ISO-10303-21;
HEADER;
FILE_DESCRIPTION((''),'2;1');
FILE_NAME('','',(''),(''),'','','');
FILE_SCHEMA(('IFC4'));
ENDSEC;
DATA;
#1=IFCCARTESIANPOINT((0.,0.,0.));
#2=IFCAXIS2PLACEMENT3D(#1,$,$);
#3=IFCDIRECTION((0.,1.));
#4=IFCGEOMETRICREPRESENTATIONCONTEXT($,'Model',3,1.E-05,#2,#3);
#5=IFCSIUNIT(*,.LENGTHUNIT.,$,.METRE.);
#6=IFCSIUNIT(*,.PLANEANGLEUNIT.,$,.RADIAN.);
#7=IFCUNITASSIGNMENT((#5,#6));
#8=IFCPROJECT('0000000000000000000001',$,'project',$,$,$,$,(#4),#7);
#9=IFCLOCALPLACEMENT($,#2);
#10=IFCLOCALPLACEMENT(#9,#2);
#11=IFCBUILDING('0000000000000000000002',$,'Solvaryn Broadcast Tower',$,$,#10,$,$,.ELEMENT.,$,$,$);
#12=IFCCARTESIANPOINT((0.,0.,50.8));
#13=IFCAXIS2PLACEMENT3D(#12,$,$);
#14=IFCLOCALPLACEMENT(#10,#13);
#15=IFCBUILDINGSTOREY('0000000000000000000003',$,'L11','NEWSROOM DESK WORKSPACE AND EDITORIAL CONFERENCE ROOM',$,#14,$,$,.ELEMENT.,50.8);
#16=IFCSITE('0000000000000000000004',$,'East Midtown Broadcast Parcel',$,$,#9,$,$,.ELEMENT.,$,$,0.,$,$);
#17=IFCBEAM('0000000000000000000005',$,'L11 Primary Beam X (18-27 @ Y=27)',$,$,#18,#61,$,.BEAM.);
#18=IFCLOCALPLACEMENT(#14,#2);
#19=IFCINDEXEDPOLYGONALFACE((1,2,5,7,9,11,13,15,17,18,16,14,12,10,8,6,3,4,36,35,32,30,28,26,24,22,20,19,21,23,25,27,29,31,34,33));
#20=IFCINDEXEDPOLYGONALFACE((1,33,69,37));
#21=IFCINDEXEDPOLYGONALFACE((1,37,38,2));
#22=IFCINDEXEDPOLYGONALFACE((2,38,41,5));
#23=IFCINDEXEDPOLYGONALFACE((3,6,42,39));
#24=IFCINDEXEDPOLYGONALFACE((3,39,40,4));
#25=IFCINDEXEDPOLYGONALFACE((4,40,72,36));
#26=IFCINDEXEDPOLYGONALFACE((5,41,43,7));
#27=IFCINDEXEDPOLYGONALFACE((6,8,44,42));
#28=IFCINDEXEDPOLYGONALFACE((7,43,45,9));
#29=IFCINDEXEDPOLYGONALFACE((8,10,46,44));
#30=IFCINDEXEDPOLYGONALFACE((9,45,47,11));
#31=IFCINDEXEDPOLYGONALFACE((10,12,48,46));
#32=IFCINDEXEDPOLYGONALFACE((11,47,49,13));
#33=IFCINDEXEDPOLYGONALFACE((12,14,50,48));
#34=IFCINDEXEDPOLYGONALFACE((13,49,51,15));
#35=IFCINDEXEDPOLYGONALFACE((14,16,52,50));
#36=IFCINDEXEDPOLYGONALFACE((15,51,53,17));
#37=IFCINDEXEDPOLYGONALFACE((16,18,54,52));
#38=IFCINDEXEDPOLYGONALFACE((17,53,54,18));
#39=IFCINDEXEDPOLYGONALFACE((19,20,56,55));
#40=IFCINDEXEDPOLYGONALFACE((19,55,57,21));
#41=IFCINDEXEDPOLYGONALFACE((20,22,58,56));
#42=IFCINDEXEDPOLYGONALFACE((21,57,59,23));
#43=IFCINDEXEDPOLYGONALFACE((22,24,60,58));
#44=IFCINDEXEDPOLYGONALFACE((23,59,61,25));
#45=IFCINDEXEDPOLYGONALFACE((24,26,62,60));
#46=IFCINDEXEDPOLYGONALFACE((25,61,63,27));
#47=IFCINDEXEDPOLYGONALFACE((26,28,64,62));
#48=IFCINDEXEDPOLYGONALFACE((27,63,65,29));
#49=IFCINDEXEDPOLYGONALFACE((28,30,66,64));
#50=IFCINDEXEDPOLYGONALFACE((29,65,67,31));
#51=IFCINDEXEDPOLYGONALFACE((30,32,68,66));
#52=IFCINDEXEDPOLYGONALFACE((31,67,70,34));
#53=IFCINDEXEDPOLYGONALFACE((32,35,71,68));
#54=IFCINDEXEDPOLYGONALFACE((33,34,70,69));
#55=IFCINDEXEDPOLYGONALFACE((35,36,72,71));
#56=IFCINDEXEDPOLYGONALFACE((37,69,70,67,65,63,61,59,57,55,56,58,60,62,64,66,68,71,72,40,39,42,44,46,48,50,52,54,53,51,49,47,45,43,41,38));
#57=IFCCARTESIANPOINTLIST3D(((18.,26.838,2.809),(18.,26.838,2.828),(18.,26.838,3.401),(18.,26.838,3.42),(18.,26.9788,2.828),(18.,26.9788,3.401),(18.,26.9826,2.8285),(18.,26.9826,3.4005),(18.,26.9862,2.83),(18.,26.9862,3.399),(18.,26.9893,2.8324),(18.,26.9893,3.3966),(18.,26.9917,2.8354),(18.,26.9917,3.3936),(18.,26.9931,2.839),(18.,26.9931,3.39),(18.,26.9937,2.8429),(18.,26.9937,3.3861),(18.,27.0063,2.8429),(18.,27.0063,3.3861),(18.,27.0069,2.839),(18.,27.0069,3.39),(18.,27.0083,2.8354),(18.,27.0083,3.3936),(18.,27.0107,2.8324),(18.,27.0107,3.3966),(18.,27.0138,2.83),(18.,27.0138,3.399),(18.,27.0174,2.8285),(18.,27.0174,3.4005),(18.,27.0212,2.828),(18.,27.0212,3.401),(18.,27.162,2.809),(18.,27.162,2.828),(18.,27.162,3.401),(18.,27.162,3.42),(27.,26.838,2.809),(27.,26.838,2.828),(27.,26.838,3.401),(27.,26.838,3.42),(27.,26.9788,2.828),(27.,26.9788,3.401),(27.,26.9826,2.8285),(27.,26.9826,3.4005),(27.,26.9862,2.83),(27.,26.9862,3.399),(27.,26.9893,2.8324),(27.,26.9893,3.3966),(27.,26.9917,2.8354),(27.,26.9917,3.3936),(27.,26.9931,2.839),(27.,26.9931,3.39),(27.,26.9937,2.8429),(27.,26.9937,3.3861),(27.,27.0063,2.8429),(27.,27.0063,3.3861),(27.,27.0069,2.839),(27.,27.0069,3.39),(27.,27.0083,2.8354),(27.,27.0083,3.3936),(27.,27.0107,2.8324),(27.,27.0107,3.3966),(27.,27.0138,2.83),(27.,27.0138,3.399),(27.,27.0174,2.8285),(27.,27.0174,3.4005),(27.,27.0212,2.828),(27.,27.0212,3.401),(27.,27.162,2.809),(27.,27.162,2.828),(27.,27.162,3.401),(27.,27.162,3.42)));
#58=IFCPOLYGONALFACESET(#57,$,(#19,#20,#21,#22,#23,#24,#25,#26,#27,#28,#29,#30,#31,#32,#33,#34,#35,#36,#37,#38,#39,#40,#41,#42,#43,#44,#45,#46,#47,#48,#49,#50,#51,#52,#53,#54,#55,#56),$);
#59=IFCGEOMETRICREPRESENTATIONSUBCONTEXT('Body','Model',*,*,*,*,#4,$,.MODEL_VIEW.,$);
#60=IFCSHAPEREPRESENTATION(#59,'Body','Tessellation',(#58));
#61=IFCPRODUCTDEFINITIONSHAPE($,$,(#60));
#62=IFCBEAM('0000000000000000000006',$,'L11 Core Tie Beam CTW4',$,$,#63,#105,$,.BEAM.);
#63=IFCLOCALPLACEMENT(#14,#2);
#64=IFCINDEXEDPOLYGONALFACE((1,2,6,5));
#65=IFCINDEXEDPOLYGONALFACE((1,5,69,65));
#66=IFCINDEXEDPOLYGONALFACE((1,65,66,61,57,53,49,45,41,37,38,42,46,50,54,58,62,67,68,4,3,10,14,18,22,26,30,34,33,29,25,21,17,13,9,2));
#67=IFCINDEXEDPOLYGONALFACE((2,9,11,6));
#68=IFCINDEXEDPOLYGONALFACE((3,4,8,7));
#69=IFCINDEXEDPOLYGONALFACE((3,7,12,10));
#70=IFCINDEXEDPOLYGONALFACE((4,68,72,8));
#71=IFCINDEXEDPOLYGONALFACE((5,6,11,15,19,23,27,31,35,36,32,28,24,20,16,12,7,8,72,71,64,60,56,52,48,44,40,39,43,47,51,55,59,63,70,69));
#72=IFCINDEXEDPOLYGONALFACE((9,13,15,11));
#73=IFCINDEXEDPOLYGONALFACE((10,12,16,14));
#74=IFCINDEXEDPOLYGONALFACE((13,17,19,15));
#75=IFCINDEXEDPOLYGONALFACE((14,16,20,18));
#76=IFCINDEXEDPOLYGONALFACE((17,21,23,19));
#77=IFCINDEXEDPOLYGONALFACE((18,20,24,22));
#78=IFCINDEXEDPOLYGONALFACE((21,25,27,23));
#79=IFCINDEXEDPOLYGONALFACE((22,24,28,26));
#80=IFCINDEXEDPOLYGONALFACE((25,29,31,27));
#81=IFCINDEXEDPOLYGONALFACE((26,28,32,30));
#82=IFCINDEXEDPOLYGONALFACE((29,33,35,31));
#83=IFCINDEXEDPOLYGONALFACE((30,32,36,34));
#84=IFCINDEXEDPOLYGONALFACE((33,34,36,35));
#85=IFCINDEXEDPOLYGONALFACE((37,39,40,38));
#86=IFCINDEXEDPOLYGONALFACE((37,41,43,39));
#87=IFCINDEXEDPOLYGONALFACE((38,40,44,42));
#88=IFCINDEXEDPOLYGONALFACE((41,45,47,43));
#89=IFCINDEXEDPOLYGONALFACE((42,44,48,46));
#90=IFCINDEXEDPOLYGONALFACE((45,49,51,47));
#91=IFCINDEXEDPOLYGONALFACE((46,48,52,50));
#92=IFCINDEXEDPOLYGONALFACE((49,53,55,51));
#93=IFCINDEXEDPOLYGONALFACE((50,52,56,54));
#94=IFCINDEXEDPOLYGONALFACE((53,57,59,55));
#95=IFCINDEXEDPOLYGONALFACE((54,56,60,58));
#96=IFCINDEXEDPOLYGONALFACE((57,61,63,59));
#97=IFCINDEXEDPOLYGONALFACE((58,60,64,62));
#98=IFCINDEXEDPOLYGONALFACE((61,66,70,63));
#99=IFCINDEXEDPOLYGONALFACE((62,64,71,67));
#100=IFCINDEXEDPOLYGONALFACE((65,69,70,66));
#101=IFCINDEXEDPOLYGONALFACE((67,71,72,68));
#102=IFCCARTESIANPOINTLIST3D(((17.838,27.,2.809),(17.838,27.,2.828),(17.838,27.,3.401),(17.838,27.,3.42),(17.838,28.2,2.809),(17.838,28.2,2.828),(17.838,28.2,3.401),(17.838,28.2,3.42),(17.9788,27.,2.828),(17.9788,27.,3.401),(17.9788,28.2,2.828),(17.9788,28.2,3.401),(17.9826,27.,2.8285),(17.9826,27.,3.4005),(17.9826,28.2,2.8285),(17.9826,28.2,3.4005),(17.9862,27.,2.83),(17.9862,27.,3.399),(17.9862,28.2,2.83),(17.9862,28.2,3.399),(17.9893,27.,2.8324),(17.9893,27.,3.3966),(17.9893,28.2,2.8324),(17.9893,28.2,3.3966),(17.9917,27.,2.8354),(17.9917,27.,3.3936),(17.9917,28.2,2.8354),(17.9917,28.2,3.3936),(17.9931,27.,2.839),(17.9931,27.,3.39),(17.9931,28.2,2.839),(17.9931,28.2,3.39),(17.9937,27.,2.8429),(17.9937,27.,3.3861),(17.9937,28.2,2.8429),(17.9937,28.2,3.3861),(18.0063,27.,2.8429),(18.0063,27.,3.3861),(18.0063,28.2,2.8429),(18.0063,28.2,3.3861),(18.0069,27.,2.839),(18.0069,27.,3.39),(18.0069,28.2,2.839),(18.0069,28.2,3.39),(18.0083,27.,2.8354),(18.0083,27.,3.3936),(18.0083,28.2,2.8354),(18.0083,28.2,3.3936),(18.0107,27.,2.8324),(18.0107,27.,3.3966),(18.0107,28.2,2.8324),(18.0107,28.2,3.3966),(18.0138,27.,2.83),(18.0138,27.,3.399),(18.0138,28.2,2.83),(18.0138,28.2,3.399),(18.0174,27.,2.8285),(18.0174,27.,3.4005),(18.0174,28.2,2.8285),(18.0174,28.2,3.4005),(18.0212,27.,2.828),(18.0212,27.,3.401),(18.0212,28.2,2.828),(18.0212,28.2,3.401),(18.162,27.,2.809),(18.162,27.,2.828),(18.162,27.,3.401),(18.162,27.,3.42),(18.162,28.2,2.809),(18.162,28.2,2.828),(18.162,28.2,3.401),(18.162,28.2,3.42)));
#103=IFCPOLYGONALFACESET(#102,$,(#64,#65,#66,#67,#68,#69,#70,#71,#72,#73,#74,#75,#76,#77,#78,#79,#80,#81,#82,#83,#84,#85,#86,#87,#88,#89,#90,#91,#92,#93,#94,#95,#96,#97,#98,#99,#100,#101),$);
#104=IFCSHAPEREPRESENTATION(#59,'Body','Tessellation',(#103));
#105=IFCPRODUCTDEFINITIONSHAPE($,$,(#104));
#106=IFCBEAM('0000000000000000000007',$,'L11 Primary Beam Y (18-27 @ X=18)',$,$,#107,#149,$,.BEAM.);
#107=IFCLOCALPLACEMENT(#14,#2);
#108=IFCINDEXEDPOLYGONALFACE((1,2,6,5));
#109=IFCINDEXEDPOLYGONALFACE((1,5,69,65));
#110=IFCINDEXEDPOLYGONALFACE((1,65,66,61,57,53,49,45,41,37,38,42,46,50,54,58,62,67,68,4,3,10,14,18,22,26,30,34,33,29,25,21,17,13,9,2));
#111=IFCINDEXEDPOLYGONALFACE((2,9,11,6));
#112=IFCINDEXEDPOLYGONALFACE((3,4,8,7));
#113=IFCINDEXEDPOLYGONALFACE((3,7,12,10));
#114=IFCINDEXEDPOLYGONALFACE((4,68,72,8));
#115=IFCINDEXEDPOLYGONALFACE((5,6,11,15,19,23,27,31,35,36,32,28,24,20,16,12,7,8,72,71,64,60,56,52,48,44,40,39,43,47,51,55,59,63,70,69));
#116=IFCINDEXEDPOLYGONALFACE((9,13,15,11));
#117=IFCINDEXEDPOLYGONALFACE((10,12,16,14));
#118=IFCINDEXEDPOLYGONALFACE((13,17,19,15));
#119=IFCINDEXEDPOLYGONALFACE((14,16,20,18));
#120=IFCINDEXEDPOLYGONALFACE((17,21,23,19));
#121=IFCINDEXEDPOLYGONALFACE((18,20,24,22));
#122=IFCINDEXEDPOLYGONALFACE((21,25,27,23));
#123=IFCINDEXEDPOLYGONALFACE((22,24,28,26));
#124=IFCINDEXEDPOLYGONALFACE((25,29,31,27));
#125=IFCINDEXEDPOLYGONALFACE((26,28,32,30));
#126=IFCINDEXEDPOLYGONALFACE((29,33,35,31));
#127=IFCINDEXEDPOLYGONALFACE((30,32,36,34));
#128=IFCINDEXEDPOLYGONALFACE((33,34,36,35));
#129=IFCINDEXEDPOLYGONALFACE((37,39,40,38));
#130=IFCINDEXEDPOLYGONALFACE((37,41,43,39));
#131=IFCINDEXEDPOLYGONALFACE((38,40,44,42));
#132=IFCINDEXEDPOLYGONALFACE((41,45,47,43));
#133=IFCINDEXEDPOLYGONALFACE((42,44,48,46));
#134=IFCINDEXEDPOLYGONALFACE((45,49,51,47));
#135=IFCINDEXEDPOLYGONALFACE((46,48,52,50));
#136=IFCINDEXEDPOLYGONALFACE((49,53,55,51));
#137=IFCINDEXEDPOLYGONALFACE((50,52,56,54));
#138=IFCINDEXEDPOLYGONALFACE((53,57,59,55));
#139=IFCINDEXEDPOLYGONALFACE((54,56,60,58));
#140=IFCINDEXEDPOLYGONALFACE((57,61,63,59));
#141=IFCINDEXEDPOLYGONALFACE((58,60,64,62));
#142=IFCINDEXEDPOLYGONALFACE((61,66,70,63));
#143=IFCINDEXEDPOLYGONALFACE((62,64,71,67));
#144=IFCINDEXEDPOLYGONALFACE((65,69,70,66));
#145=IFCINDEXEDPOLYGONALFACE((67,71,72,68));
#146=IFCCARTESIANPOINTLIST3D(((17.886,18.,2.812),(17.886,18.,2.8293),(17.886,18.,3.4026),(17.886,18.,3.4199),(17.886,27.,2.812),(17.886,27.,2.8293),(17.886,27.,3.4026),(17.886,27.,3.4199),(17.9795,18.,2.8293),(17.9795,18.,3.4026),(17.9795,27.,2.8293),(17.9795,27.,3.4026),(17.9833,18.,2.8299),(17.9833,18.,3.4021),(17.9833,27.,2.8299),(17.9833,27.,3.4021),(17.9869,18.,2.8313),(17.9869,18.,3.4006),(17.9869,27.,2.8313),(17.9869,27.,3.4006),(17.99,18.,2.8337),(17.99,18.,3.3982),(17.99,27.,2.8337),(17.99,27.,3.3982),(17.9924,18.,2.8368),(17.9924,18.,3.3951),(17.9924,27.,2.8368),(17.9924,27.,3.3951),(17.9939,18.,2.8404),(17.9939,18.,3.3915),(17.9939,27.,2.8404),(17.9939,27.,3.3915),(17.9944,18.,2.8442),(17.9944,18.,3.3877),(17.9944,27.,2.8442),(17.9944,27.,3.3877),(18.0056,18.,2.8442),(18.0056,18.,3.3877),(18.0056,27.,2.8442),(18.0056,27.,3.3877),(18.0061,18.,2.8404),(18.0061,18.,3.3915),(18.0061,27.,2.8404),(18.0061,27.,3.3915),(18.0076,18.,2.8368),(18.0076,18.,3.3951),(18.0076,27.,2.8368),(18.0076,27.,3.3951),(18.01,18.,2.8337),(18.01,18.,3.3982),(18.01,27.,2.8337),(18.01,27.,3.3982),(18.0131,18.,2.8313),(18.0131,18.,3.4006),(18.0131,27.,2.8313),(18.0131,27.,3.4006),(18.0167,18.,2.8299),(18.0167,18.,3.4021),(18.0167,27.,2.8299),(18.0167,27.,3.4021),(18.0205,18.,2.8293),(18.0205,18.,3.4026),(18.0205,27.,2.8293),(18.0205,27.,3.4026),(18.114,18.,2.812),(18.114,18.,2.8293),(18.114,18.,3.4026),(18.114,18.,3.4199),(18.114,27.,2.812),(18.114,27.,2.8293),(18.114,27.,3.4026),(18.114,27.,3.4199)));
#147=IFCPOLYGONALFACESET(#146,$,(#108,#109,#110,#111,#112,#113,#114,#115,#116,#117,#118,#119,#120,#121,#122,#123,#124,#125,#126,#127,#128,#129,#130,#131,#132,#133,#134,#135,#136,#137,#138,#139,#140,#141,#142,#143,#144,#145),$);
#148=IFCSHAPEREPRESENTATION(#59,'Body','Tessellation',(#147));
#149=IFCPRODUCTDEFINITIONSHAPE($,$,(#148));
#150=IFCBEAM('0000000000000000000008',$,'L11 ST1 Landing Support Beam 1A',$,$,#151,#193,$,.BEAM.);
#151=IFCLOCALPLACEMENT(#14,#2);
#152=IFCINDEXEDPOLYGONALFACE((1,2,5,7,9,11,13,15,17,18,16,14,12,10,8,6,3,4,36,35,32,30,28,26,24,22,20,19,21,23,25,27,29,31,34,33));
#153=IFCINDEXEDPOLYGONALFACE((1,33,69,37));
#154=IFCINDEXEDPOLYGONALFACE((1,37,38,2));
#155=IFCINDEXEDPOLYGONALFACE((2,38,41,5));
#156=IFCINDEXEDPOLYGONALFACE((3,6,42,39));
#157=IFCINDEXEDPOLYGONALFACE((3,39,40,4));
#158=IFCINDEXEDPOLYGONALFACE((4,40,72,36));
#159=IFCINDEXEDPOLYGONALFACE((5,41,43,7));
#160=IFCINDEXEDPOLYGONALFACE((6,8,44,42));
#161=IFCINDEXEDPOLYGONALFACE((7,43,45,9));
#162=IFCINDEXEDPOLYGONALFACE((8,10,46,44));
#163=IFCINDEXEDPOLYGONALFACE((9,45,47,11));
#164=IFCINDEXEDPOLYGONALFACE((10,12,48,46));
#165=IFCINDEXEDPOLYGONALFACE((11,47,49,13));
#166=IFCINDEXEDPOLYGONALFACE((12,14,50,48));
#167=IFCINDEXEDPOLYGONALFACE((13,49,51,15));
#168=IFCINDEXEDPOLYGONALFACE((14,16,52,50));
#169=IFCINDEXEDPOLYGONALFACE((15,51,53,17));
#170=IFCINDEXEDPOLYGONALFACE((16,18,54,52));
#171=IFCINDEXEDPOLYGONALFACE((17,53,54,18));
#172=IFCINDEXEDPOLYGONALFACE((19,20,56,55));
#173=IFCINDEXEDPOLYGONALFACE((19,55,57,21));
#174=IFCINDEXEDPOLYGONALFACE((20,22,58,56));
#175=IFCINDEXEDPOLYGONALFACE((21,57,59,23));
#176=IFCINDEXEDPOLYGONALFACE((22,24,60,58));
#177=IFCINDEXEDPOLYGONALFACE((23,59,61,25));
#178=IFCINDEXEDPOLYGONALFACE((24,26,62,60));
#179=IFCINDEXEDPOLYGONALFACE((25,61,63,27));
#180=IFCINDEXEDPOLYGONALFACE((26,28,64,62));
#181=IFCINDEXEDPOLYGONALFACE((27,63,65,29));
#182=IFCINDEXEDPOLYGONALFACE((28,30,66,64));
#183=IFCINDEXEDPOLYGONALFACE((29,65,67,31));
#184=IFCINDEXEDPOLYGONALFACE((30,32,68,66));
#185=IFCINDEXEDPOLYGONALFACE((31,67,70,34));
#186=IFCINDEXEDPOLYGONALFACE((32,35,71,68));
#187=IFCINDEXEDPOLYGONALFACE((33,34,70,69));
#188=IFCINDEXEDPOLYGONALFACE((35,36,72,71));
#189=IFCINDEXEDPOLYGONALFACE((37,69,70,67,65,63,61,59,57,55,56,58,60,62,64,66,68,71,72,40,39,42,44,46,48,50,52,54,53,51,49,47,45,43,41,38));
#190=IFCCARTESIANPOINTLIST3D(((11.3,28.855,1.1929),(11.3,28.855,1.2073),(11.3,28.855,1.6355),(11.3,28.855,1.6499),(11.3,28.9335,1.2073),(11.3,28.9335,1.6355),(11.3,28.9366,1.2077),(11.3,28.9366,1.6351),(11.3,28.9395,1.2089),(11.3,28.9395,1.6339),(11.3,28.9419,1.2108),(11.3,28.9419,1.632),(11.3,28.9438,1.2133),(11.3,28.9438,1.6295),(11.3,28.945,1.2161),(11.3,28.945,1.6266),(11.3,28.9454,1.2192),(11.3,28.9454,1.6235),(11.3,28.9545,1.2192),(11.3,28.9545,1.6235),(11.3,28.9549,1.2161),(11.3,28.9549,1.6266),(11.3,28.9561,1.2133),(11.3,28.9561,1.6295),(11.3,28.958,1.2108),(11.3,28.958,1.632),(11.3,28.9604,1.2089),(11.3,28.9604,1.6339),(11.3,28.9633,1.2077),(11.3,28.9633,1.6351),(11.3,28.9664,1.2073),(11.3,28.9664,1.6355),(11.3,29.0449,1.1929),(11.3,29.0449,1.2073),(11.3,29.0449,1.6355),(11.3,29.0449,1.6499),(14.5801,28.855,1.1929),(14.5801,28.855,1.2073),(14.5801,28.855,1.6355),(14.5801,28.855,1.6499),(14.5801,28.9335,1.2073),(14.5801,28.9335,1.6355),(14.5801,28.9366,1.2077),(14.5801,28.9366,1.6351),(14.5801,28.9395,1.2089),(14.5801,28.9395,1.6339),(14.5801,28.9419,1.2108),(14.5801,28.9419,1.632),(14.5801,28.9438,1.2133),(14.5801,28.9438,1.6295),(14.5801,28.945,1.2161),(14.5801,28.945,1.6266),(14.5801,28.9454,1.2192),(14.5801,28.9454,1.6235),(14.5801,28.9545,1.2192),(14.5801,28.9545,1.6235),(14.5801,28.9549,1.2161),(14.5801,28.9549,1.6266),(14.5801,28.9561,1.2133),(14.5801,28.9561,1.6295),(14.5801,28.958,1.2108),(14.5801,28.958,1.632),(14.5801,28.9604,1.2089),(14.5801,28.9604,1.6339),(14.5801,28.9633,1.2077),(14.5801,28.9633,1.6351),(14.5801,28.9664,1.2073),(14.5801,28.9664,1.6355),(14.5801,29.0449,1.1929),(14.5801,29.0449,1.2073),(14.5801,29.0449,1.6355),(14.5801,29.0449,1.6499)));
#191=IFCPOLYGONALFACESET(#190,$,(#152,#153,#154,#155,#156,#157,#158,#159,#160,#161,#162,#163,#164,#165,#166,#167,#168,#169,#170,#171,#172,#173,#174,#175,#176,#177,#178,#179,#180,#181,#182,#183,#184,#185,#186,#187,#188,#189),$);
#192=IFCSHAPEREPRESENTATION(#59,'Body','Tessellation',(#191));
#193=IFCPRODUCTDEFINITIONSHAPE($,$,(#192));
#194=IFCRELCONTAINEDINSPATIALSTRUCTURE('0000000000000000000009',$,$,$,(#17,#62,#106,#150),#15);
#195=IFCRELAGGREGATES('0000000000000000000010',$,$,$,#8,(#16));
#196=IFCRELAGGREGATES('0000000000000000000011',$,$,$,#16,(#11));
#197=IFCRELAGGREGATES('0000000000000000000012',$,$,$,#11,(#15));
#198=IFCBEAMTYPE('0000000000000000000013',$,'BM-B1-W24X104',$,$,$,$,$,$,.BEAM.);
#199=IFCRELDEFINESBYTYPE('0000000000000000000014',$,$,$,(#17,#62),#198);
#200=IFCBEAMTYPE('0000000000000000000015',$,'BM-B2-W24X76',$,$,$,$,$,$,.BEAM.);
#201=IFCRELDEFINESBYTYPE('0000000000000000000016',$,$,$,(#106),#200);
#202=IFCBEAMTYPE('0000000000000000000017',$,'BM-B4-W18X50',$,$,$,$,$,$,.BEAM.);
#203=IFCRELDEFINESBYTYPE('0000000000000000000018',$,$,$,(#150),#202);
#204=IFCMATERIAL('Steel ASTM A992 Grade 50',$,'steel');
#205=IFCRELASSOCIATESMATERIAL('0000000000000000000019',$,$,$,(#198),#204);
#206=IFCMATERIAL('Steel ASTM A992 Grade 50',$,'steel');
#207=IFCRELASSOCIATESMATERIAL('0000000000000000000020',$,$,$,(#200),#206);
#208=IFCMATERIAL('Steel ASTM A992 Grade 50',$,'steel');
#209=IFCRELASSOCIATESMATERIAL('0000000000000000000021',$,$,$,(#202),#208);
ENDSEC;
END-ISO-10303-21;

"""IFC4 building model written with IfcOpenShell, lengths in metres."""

from ifc_helpers import new_model, si_unit, direction, frame, origin, origin_2d, place, context, subcontext, project, spatial, i_section, extrude, material, material_profile, profile_set, type_object, element, save


model = new_model("IFC4")

# Units and contexts
model_context = context("Model", 3, precision=1e-05, world=origin(), true_north=direction((0.0, 1.0)))
body_context = subcontext(model_context, "Body", "Model", "MODEL_VIEW")
ifc_project = project(units=[si_unit("LENGTHUNIT", "METRE"), si_unit("PLANEANGLEUNIT", "RADIAN")], contexts=[model_context])

# Site, building, storey
site_placement = place(None, origin())
site = spatial("IfcSite", under=ifc_project, at=site_placement, Name="East Midtown Broadcast Parcel", CompositionType="ELEMENT", RefElevation=0.0)
building_placement = place(site_placement, origin())
building = spatial("IfcBuilding", under=site, at=building_placement, Name="Solvaryn Broadcast Tower", CompositionType="ELEMENT")
storey_placement = place(building_placement, frame((0.0, 0.0, 50.8)))
storey = spatial("IfcBuildingStorey", under=building, at=storey_placement, Name="L11", Description="NEWSROOM DESK WORKSPACE AND EDITORIAL CONFERENCE ROOM", CompositionType="ELEMENT", Elevation=50.8)

# Beams
ifc_material_1 = material(Name="Steel ASTM A992 Grade 50", Category="steel")
ifc_material_profile_1 = material_profile(ifc_material_1, i_section(OverallWidth=0.324, OverallDepth=0.6111, WebThickness=0.0127, FlangeThickness=0.019, FilletRadius=0.0149, at=origin_2d()))
ifc_profile_set_1 = profile_set([ifc_material_profile_1], Name="Steel ASTM A992 Grade 50")
beam_type_1 = type_object("IfcBeamType", Name="BM-B1-W24X104", PredefinedType="BEAM", material=ifc_profile_set_1)
for number, where, z_axis, x_axis, name in (
    (1, (18.0, 27.0, 3.1145), (1.0, 0.0, 0.0), (0.0, 1.0, 0.0), "L11 Primary Beam X (18-27 @ Y=27)"),
):
    element("IfcBeam", number, at=place(storey_placement, frame(where, z_axis=z_axis, x_axis=x_axis)), inside=storey, type_object=beam_type_1, Name=name, PredefinedType="BEAM", context=body_context, shape_type="SweptSolid", body=[
        extrude(i_section(OverallWidth=0.324, OverallDepth=0.6111, WebThickness=0.0127, FlangeThickness=0.019, FilletRadius=0.0149, at=origin_2d()), origin(), (0.0, 0.0, 1.0), 9.0),
    ])
beam_1_placement = place(storey_placement, frame((18.0, 27.0, 3.1145), z_axis=(0.0, 1.0, 0.0), x_axis=(-1.0, 0.0, 0.0)))
element("IfcBeam", 2, at=beam_1_placement, inside=storey, type_object=beam_type_1, Name="L11 Core Tie Beam CTW4", PredefinedType="BEAM", context=body_context, shape_type="SweptSolid", body=[
    extrude(i_section(OverallWidth=0.324, OverallDepth=0.6111, WebThickness=0.0127, FlangeThickness=0.019, FilletRadius=0.0149, at=origin_2d()), origin(), (0.0, 0.0, 1.0), 1.2),
])
ifc_material_2 = material(Name="Steel ASTM A992 Grade 50", Category="steel")
ifc_material_profile_2 = material_profile(ifc_material_2, i_section(OverallWidth=0.228, OverallDepth=0.6079, WebThickness=0.0112, FlangeThickness=0.0173, FilletRadius=0.0149, at=origin_2d()))
ifc_profile_set_2 = profile_set([ifc_material_profile_2], Name="Steel ASTM A992 Grade 50")
beam_type_2 = type_object("IfcBeamType", Name="BM-B2-W24X76", PredefinedType="BEAM", material=ifc_profile_set_2)
beam_2_placement = place(storey_placement, frame((18.0, 18.0, 3.116), z_axis=(0.0, 1.0, 0.0), x_axis=(-1.0, 0.0, 0.0)))
element("IfcBeam", 3, at=beam_2_placement, inside=storey, type_object=beam_type_2, Name="L11 Primary Beam Y (18-27 @ X=18)", PredefinedType="BEAM", context=body_context, shape_type="SweptSolid", body=[
    extrude(i_section(OverallWidth=0.228, OverallDepth=0.6079, WebThickness=0.0112, FlangeThickness=0.0173, FilletRadius=0.0149, at=origin_2d()), origin(), (0.0, 0.0, 1.0), 9.0),
])
ifc_material_3 = material(Name="Steel ASTM A992 Grade 50", Category="steel")
ifc_material_profile_3 = material_profile(ifc_material_3, i_section(OverallWidth=0.1899, OverallDepth=0.457, WebThickness=0.009, FlangeThickness=0.0144, FilletRadius=0.012, at=origin_2d()))
ifc_profile_set_3 = profile_set([ifc_material_profile_3], Name="Steel ASTM A992 Grade 50")
beam_type_3 = type_object("IfcBeamType", Name="BM-B4-W18X50", PredefinedType="BEAM", material=ifc_profile_set_3)
beam_3_placement = place(storey_placement, frame((11.3, 28.95, 1.4214), z_axis=(1.0, 0.0, 0.0), x_axis=(0.0, 1.0, 0.0)))
element("IfcBeam", 4, at=beam_3_placement, inside=storey, type_object=beam_type_3, Name="L11 ST1 Landing Support Beam 1A", PredefinedType="BEAM", context=body_context, shape_type="SweptSolid", body=[
    extrude(i_section(OverallWidth=0.1899, OverallDepth=0.457, WebThickness=0.009, FlangeThickness=0.0144, FilletRadius=0.012, at=origin_2d()), origin(), (0.0, 0.0, 1.0), 3.28),
])

save(model, "model.ifc")
